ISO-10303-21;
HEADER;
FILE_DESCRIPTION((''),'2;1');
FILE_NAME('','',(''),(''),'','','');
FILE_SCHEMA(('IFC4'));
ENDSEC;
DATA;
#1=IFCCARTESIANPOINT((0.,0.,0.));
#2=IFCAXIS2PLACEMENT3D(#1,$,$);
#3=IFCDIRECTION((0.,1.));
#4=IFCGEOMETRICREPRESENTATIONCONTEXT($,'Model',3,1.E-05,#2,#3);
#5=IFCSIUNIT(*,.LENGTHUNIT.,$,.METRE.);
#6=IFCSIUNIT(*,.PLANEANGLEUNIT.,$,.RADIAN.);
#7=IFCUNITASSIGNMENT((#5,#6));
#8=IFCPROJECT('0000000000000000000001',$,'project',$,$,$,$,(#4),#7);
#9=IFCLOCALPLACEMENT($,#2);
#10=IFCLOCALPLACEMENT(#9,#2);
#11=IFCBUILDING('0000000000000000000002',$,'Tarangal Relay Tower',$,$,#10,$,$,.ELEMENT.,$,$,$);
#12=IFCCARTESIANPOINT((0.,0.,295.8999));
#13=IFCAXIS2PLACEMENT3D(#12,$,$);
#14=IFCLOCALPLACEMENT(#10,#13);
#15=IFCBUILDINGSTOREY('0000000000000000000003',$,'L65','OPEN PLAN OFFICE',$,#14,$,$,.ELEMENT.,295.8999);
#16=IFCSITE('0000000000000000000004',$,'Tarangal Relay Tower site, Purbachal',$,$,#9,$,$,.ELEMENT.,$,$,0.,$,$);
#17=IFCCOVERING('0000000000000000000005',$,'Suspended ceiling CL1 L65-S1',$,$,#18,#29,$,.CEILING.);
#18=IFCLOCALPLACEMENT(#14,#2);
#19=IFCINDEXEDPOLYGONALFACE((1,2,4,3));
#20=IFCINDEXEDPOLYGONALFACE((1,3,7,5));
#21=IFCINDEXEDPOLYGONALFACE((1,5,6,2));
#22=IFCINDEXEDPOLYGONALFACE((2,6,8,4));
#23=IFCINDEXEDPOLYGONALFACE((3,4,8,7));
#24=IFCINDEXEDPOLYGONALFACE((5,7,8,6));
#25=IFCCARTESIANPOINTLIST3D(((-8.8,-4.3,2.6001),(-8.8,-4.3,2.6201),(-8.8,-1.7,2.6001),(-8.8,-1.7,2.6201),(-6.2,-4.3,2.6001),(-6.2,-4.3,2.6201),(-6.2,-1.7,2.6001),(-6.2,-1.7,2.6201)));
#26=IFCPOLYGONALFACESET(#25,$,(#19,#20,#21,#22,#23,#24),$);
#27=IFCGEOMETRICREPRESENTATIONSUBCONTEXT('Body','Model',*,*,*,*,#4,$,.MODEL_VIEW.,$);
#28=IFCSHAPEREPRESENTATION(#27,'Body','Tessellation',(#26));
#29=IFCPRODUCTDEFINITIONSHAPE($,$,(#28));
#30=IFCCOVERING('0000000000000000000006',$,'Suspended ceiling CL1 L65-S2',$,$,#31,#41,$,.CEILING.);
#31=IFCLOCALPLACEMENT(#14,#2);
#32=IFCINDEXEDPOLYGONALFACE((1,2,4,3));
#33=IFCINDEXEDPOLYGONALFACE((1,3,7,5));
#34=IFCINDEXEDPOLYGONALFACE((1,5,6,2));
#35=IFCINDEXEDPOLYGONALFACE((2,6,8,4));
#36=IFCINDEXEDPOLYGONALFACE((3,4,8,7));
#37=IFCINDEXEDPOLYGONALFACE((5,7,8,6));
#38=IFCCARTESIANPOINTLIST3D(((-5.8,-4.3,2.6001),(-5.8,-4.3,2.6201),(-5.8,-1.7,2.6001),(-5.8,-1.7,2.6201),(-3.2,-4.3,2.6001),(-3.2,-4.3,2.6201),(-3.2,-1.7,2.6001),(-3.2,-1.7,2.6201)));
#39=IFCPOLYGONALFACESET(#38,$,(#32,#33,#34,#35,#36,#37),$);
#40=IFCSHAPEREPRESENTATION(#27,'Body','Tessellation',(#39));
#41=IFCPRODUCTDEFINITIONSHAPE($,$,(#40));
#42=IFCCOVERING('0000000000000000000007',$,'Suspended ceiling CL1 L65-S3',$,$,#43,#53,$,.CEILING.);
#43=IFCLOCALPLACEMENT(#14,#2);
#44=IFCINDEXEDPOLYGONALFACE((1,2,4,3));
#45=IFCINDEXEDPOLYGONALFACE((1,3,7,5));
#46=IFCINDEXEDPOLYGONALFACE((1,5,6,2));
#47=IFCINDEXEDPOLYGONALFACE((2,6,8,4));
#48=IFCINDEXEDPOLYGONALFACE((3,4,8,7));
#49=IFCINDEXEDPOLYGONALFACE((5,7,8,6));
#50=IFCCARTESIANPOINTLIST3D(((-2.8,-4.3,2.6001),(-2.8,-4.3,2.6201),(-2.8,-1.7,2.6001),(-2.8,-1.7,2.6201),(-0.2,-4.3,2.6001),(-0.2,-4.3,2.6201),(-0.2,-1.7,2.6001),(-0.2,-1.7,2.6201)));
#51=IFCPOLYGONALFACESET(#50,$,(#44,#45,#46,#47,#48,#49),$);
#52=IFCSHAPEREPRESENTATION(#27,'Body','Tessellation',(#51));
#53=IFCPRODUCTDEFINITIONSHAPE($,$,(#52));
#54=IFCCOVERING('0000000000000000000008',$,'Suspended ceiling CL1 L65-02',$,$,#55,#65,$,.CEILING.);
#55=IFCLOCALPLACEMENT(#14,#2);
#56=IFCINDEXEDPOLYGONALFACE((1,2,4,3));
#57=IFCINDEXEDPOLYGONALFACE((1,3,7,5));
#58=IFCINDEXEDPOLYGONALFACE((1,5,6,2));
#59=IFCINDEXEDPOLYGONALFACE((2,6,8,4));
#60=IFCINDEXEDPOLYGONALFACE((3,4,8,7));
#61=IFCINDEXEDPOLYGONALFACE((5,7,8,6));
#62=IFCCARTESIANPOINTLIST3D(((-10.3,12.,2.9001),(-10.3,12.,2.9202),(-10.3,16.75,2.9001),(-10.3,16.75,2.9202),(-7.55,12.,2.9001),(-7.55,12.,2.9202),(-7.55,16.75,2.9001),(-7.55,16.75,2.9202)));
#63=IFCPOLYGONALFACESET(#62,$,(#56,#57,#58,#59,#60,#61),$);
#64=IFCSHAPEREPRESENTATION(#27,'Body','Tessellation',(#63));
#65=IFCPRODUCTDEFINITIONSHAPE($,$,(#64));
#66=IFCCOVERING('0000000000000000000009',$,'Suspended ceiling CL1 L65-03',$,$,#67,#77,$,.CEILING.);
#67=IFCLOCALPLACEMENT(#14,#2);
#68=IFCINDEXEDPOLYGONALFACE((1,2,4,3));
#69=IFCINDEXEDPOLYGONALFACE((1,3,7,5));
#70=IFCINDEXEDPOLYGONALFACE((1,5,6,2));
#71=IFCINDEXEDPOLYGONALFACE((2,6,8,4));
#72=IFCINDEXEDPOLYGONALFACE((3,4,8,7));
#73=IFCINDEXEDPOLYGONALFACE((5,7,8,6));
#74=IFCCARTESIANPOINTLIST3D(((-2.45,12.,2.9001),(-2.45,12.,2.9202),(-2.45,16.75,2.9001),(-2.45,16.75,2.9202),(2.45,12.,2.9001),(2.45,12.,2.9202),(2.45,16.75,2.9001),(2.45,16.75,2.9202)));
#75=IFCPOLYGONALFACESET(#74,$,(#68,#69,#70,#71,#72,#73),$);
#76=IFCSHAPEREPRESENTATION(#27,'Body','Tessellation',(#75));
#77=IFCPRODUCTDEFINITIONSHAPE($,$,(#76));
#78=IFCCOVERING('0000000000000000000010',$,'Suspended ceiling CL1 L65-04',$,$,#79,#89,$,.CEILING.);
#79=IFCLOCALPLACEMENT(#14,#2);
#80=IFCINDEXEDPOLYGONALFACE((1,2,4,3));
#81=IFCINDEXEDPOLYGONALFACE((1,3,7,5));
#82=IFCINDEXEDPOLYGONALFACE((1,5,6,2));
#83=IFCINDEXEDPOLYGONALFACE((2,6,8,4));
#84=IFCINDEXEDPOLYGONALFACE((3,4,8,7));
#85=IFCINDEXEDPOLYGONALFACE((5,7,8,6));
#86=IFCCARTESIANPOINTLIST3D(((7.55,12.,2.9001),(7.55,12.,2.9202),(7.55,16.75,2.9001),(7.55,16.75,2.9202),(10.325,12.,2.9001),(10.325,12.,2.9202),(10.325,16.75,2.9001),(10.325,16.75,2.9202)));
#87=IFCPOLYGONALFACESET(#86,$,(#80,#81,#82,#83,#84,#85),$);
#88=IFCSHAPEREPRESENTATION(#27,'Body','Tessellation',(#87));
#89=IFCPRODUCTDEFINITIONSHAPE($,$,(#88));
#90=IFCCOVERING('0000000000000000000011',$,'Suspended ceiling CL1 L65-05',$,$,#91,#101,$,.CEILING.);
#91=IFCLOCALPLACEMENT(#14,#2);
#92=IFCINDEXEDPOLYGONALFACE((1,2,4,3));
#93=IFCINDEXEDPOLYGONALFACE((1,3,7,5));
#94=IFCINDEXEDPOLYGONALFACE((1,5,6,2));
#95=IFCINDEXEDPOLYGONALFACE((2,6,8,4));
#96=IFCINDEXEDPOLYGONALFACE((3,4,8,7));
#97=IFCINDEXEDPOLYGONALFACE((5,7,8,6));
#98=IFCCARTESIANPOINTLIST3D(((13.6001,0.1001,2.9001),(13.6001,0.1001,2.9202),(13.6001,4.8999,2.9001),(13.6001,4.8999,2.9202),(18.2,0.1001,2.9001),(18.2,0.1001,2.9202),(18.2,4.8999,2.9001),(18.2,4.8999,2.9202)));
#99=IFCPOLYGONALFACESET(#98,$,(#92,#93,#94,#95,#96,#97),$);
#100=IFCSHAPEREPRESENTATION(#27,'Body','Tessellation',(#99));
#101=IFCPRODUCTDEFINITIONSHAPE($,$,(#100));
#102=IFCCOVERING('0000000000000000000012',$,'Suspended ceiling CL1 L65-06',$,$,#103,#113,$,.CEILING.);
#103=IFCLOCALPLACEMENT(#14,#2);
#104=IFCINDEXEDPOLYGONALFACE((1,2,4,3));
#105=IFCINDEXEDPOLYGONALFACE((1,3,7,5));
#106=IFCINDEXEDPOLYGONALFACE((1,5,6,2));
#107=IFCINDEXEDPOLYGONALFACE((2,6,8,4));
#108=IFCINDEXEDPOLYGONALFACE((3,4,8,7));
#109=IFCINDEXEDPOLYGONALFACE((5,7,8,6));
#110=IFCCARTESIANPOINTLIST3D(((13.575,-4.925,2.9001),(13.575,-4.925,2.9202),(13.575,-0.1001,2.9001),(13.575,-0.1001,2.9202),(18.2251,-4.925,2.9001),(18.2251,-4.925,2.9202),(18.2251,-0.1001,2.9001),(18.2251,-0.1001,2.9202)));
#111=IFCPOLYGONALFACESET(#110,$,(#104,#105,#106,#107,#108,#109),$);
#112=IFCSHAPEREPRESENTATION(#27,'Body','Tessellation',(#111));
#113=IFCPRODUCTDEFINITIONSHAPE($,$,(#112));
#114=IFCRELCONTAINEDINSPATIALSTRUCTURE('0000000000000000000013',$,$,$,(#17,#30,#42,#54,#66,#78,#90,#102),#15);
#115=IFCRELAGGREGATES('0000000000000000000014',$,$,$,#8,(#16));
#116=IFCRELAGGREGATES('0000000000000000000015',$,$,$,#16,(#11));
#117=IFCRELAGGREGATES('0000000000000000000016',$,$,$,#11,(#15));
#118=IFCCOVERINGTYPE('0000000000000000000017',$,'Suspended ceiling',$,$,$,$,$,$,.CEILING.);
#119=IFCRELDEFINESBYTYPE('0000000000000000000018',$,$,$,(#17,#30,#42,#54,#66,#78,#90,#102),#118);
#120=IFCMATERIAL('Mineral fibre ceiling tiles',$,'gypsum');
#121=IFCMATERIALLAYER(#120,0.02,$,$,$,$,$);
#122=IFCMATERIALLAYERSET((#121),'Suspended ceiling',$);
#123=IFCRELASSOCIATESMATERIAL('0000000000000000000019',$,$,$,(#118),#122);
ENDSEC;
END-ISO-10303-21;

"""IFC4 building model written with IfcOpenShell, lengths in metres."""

from ifc_helpers import new_model, si_unit, direction, frame, origin, place, context, subcontext, project, spatial, polyline, outline, extrude, material, layer, layer_set, type_object, element, save


model = new_model("IFC4")

# Units and contexts
model_context = context("Model", 3, precision=1e-05, world=origin(), true_north=direction((0.0, 1.0)))
body_context = subcontext(model_context, "Body", "Model", "MODEL_VIEW")
ifc_project = project(units=[si_unit("LENGTHUNIT", "METRE"), si_unit("PLANEANGLEUNIT", "RADIAN")], contexts=[model_context])

# Site, building, storey
site_placement = place(None, origin())
site = spatial("IfcSite", under=ifc_project, at=site_placement, Name="Tarangal Relay Tower site, Purbachal", CompositionType="ELEMENT", RefElevation=0.0)
building_placement = place(site_placement, origin())
building = spatial("IfcBuilding", under=site, at=building_placement, Name="Tarangal Relay Tower", CompositionType="ELEMENT")
storey_placement = place(building_placement, frame((0.0, 0.0, 295.8999)))
storey = spatial("IfcBuildingStorey", under=building, at=storey_placement, Name="L65", Description="OPEN PLAN OFFICE", CompositionType="ELEMENT", Elevation=295.8999)

# Coverings
ifc_material_1 = material(Name="Mineral fibre ceiling tiles", Category="gypsum")
ifc_layer_1 = layer(ifc_material_1, 0.02)
ifc_layer_set_1 = layer_set([ifc_layer_1], Name="Suspended ceiling")
covering_type_1 = type_object("IfcCoveringType", Name="Suspended ceiling", PredefinedType="CEILING", material=ifc_layer_set_1)
covering_1_placement = place(storey_placement, frame((0.0, 0.0, 2.6001)))
element("IfcCovering", 1, at=covering_1_placement, inside=storey, type_object=covering_type_1, Name="Suspended ceiling CL1 L65-S1", PredefinedType="CEILING", context=body_context, shape_type="SweptSolid", body=[
    extrude(outline(polyline([(-8.8, -4.3), (-6.2, -4.3), (-6.2, -1.7), (-8.8, -1.7), (-8.8, -4.3)])), origin(), (0.0, 0.0, 1.0), 0.02),
])
covering_2_placement = place(storey_placement, frame((0.0, 0.0, 2.6001)))
element("IfcCovering", 2, at=covering_2_placement, inside=storey, type_object=covering_type_1, Name="Suspended ceiling CL1 L65-S2", PredefinedType="CEILING", context=body_context, shape_type="SweptSolid", body=[
    extrude(outline(polyline([(-5.8, -4.3), (-3.2, -4.3), (-3.2, -1.7), (-5.8, -1.7), (-5.8, -4.3)])), origin(), (0.0, 0.0, 1.0), 0.02),
])
covering_3_placement = place(storey_placement, frame((0.0, 0.0, 2.6001)))
element("IfcCovering", 3, at=covering_3_placement, inside=storey, type_object=covering_type_1, Name="Suspended ceiling CL1 L65-S3", PredefinedType="CEILING", context=body_context, shape_type="SweptSolid", body=[
    extrude(outline(polyline([(-2.8, -4.3), (-0.2, -4.3), (-0.2, -1.7), (-2.8, -1.7), (-2.8, -4.3)])), origin(), (0.0, 0.0, 1.0), 0.02),
])
covering_4_placement = place(storey_placement, frame((0.0, 0.0, 2.9001)))
element("IfcCovering", 4, at=covering_4_placement, inside=storey, type_object=covering_type_1, Name="Suspended ceiling CL1 L65-02", PredefinedType="CEILING", context=body_context, shape_type="SweptSolid", body=[
    extrude(outline(polyline([(-7.55, 12.0), (-7.55, 16.75), (-10.3, 16.75), (-10.3, 12.0), (-7.55, 12.0)])), origin(), (0.0, 0.0, 1.0), 0.02),
])
covering_5_placement = place(storey_placement, frame((0.0, 0.0, 2.9001)))
element("IfcCovering", 5, at=covering_5_placement, inside=storey, type_object=covering_type_1, Name="Suspended ceiling CL1 L65-03", PredefinedType="CEILING", context=body_context, shape_type="SweptSolid", body=[
    extrude(outline(polyline([(2.45, 12.0), (2.45, 16.75), (-2.45, 16.75), (-2.45, 12.0), (2.45, 12.0)])), origin(), (0.0, 0.0, 1.0), 0.02),
])
covering_6_placement = place(storey_placement, frame((0.0, 0.0, 2.9001)))
element("IfcCovering", 6, at=covering_6_placement, inside=storey, type_object=covering_type_1, Name="Suspended ceiling CL1 L65-04", PredefinedType="CEILING", context=body_context, shape_type="SweptSolid", body=[
    extrude(outline(polyline([(10.325, 12.0), (10.325, 16.75), (7.55, 16.75), (7.55, 12.0), (10.325, 12.0)])), origin(), (0.0, 0.0, 1.0), 0.02),
])
covering_7_placement = place(storey_placement, frame((0.0, 0.0, 2.9001)))
element("IfcCovering", 7, at=covering_7_placement, inside=storey, type_object=covering_type_1, Name="Suspended ceiling CL1 L65-05", PredefinedType="CEILING", context=body_context, shape_type="SweptSolid", body=[
    extrude(outline(polyline([(18.2, 0.1001), (18.2, 4.8999), (13.6001, 4.8999), (13.6001, 0.1001), (18.2, 0.1001)])), origin(), (0.0, 0.0, 1.0), 0.02),
])
covering_8_placement = place(storey_placement, frame((0.0, 0.0, 2.9001)))
element("IfcCovering", 8, at=covering_8_placement, inside=storey, type_object=covering_type_1, Name="Suspended ceiling CL1 L65-06", PredefinedType="CEILING", context=body_context, shape_type="SweptSolid", body=[
    extrude(outline(polyline([(18.2251, -0.1001), (13.575, -0.1001), (13.575, -4.925), (18.2251, -4.925), (18.2251, -0.1001)])), origin(), (0.0, 0.0, 1.0), 0.02),
])

save(model, "model.ifc")
